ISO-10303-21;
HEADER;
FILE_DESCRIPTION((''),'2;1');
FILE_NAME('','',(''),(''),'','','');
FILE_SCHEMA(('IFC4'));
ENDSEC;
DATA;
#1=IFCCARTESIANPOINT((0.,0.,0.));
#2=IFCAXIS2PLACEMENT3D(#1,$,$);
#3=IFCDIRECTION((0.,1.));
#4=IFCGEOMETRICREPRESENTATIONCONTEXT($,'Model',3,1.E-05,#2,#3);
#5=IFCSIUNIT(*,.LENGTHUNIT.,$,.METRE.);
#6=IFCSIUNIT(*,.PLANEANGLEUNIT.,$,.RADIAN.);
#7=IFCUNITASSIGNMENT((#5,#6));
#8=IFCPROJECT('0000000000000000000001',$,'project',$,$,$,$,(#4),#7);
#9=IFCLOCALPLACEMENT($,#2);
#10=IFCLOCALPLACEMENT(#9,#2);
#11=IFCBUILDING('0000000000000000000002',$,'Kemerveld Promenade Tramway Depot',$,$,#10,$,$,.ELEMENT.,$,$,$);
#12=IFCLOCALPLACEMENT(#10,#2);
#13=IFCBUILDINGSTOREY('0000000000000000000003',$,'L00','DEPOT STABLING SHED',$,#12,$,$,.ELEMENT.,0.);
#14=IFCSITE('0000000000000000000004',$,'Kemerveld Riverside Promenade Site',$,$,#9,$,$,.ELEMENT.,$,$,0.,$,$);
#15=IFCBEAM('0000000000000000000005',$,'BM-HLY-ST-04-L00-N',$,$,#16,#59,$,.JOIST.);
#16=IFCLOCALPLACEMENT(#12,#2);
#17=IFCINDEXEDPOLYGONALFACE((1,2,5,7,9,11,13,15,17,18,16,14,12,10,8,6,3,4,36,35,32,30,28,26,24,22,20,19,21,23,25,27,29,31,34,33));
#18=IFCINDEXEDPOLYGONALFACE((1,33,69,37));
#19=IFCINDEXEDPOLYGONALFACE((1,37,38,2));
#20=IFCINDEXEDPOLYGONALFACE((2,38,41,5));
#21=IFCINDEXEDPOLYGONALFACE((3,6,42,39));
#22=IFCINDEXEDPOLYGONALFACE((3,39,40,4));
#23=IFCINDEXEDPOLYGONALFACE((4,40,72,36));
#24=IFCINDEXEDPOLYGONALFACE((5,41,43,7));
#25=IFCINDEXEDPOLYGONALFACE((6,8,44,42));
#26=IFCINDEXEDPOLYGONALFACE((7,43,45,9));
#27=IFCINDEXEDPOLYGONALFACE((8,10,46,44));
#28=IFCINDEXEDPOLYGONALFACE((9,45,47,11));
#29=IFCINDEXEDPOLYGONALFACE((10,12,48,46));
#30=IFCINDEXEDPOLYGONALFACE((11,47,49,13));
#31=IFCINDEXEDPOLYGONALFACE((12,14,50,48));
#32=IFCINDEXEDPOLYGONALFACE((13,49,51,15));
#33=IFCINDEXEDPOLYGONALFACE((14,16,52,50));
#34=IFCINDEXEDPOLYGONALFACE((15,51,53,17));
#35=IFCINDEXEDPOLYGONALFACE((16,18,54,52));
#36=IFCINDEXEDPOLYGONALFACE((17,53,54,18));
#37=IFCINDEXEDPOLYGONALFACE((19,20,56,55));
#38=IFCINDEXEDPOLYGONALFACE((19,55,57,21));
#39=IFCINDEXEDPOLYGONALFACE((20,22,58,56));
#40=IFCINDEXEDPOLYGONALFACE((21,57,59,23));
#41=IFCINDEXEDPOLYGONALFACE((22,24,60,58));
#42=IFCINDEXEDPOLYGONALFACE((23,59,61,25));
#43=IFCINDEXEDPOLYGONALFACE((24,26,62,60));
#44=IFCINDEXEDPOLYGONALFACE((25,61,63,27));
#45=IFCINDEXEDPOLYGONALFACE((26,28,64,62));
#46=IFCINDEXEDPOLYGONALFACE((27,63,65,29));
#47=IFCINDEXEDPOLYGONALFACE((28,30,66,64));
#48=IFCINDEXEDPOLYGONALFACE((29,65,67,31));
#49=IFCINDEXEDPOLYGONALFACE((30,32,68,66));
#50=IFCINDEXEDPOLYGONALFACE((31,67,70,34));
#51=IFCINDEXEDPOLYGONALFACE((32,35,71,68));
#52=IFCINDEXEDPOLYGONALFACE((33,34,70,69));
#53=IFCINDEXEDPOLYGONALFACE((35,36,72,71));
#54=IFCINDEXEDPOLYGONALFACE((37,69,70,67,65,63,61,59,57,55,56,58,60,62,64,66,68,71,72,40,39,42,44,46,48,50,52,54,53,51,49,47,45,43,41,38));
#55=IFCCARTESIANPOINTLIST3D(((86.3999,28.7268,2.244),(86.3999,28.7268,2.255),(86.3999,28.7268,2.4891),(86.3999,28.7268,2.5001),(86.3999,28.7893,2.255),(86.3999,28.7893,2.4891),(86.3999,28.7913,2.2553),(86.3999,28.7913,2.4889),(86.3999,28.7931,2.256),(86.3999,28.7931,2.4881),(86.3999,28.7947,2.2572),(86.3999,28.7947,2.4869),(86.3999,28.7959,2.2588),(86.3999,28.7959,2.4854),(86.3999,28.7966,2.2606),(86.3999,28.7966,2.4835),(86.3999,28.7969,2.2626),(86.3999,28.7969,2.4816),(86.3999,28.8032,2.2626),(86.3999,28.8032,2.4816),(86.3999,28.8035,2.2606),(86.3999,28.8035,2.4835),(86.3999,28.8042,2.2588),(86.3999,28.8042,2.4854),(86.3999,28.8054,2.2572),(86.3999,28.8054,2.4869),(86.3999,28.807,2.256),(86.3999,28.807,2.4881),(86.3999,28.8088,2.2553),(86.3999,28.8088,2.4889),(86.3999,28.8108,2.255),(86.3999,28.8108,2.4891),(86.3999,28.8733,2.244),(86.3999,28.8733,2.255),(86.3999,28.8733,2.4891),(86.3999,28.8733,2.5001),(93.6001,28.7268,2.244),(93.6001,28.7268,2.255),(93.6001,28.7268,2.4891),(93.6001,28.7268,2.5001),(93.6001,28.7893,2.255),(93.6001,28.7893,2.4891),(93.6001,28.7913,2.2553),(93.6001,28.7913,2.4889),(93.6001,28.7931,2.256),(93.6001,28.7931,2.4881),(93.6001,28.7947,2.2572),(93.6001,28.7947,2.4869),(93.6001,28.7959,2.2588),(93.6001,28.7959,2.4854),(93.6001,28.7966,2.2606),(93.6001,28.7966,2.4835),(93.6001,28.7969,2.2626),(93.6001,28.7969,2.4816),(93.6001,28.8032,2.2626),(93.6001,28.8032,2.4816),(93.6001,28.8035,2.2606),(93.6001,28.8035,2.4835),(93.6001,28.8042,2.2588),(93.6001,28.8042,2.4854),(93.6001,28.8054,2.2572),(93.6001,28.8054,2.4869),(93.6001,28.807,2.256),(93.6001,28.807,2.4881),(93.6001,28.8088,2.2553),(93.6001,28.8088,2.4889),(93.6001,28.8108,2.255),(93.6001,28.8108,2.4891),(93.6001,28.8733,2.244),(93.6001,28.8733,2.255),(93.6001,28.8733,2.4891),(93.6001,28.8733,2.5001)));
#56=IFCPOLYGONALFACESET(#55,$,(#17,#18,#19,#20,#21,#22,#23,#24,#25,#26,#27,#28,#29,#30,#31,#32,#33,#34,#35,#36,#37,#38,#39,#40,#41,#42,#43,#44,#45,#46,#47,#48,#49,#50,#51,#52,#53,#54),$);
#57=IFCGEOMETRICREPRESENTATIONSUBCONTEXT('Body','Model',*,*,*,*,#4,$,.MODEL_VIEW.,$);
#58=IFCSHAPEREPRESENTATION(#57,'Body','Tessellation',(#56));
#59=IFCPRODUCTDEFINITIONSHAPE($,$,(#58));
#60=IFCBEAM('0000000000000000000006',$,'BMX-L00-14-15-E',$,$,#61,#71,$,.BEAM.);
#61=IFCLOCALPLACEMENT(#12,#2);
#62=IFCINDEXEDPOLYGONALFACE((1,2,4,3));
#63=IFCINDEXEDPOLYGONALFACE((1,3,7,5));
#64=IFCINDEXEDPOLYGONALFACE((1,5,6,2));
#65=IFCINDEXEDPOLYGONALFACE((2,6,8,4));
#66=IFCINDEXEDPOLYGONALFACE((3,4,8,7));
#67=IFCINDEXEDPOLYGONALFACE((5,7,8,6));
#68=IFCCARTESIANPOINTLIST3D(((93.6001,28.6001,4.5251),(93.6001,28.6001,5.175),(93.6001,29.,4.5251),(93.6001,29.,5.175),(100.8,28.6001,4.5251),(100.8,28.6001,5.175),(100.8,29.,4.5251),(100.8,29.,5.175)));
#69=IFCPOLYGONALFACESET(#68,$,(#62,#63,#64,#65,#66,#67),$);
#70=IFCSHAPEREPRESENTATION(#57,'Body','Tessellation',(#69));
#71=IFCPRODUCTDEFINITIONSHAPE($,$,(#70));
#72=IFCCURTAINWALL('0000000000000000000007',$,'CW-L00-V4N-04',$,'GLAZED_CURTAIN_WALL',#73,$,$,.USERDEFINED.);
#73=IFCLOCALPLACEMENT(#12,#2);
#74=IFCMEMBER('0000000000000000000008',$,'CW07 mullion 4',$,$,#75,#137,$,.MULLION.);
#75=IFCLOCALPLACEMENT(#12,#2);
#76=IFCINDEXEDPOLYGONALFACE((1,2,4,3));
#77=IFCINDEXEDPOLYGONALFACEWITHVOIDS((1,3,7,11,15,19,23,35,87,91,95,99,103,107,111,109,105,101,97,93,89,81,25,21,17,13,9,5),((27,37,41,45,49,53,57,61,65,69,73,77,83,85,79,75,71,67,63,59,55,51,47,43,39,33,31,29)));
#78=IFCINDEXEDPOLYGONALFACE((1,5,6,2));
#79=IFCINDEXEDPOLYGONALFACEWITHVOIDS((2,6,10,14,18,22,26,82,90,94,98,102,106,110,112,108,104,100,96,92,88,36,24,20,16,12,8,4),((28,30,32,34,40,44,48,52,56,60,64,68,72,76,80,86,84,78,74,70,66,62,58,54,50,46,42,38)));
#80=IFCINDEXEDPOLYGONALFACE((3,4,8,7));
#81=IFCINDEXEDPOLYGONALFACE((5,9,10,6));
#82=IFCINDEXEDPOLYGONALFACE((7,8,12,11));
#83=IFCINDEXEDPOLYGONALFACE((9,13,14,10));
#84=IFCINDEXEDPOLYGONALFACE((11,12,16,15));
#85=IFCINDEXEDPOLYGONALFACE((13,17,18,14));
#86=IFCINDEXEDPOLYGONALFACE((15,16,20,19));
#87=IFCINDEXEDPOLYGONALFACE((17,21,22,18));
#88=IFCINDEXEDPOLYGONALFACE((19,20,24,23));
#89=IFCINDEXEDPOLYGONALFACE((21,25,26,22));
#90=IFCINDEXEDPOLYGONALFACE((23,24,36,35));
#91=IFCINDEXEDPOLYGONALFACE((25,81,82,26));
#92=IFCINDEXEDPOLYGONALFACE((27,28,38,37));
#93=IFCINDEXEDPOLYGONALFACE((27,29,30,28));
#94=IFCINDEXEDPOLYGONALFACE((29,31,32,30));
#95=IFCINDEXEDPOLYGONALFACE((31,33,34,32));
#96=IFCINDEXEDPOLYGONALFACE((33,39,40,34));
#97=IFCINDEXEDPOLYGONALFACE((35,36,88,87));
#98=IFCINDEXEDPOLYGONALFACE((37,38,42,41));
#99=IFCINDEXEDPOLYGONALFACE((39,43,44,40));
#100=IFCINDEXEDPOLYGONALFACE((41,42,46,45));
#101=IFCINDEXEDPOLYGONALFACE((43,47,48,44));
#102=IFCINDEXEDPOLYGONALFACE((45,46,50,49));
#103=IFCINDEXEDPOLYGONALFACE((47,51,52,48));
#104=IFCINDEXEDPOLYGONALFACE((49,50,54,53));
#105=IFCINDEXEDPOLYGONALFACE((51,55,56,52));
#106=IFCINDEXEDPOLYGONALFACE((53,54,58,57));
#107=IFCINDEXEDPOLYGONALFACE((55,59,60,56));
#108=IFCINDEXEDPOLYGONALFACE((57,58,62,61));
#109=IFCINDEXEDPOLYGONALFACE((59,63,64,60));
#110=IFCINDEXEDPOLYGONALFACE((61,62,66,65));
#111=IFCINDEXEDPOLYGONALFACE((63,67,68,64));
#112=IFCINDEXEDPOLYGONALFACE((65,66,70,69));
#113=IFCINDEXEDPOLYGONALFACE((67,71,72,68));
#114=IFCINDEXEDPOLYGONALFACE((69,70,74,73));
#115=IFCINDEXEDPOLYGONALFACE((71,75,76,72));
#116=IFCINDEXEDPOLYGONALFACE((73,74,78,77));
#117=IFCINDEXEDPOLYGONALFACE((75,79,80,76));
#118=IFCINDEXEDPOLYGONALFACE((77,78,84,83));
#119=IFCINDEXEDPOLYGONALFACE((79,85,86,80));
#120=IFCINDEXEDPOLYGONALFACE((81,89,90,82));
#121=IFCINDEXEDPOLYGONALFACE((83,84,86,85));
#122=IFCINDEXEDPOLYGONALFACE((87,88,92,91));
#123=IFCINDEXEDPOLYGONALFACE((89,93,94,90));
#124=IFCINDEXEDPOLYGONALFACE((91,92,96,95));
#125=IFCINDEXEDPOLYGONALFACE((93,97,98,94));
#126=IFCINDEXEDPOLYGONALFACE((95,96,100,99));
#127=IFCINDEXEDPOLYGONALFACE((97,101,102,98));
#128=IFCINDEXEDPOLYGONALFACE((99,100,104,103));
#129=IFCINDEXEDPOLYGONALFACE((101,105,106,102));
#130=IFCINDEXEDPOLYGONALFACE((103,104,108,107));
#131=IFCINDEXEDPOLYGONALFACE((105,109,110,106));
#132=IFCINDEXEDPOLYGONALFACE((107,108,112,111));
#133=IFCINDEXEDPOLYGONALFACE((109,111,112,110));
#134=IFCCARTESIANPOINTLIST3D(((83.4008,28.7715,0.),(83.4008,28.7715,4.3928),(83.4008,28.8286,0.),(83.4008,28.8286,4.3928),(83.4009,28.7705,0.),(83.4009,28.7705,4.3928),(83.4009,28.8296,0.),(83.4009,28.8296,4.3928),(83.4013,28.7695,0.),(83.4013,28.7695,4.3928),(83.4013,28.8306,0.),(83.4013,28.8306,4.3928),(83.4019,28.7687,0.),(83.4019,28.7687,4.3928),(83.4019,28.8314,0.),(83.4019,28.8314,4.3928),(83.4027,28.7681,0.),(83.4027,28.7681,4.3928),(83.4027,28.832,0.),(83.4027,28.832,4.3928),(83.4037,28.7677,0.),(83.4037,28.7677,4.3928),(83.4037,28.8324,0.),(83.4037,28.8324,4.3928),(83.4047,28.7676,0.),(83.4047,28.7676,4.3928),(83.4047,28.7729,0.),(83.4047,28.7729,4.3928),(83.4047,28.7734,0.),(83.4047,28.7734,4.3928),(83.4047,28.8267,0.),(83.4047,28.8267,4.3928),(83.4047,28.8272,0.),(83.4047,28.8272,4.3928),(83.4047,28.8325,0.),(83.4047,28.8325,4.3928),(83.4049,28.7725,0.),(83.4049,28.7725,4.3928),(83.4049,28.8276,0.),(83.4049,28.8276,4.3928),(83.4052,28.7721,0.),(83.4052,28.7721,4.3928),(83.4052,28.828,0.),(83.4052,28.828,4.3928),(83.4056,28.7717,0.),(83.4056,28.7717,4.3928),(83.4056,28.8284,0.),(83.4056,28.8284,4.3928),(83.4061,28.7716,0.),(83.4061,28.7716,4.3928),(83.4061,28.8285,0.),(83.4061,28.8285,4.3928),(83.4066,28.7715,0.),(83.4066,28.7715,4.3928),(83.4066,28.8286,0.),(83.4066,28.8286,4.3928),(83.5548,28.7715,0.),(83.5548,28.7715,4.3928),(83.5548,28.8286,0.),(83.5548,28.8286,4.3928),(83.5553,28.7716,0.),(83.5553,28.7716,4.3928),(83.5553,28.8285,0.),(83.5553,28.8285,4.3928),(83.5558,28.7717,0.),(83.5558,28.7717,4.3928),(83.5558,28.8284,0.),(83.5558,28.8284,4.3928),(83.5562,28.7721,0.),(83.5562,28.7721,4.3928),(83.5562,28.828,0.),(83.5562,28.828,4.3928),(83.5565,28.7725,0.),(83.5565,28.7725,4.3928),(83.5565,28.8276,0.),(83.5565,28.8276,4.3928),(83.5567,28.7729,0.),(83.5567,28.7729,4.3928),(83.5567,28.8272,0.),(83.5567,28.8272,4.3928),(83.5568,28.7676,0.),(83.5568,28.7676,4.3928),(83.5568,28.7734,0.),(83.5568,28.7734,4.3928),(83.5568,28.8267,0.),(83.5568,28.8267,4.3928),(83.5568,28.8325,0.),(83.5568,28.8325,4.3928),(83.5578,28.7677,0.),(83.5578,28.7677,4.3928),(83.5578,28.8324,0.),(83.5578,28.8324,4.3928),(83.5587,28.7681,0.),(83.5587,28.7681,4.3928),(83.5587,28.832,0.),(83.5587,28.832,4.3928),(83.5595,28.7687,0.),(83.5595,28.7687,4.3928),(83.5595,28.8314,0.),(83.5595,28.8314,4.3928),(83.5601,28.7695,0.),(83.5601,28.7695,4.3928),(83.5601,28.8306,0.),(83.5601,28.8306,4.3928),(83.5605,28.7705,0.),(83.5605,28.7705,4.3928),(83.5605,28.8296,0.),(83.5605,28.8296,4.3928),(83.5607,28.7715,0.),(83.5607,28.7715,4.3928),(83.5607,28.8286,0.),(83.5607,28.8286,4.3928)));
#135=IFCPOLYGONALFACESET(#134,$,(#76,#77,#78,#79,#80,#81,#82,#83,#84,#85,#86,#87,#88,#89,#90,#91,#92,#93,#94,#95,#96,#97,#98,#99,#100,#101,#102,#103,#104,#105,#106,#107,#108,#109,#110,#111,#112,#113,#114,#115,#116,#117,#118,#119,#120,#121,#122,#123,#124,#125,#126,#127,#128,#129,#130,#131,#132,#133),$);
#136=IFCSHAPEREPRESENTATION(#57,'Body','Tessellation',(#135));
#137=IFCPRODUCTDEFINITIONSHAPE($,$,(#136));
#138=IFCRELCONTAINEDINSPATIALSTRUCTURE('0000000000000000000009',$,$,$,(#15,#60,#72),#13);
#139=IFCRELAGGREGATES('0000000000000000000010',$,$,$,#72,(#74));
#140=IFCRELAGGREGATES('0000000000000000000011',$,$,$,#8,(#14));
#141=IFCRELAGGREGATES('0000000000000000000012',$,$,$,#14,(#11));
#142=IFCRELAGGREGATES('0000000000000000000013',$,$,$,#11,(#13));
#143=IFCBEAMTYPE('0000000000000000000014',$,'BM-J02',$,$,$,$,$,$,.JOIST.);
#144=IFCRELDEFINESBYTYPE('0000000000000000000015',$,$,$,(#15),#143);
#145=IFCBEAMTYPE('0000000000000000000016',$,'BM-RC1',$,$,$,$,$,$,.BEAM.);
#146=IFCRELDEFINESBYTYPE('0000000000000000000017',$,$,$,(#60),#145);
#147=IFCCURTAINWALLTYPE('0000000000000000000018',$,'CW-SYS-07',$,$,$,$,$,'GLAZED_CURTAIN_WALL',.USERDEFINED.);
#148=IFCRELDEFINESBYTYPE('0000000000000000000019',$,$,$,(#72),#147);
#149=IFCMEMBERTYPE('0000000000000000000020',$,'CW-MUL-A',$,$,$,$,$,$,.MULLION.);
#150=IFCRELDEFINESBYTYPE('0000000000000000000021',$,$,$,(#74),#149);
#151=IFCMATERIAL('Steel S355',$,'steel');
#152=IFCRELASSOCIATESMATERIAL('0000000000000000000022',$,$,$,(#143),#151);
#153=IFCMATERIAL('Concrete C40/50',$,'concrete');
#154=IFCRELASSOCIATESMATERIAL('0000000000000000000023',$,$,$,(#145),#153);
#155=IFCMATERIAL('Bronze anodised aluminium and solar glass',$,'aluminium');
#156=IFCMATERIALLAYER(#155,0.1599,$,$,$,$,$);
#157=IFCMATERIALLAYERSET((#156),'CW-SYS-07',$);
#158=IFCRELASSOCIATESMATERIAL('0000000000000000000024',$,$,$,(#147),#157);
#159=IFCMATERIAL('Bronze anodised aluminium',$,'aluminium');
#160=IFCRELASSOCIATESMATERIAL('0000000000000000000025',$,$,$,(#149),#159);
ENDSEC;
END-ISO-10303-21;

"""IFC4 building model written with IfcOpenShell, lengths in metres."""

from ifc_helpers import new_model, si_unit, direction, frame, origin, origin_2d, place, context, subcontext, project, spatial, rectangle, hollow_rectangle, i_section, extrude, material, layer, layer_set, material_profile, profile_set, type_object, element, aggregate, save


model = new_model("IFC4")

# Units and contexts
model_context = context("Model", 3, precision=1e-05, world=origin(), true_north=direction((0.0, 1.0)))
body_context = subcontext(model_context, "Body", "Model", "MODEL_VIEW")
ifc_project = project(units=[si_unit("LENGTHUNIT", "METRE"), si_unit("PLANEANGLEUNIT", "RADIAN")], contexts=[model_context])

# Site, building, storey
site_placement = place(None, origin())
site = spatial("IfcSite", under=ifc_project, at=site_placement, Name="Kemerveld Riverside Promenade Site", CompositionType="ELEMENT", RefElevation=0.0)
building_placement = place(site_placement, origin())
building = spatial("IfcBuilding", under=site, at=building_placement, Name="Kemerveld Promenade Tramway Depot", CompositionType="ELEMENT")
storey_placement = place(building_placement, origin())
storey = spatial("IfcBuildingStorey", under=building, at=storey_placement, Name="L00", Description="DEPOT STABLING SHED", CompositionType="ELEMENT", Elevation=0.0)

# Shared definitions
ifc_material_1 = material(Name="Steel S355", Category="steel")

# Beams
ifc_material_profile_1 = material_profile(ifc_material_1, i_section(OverallWidth=0.1465, OverallDepth=0.2561, WebThickness=0.0063, FlangeThickness=0.011, FilletRadius=0.0076, at=origin_2d()), Name="254x146x37 UB")
ifc_profile_set_1 = profile_set([ifc_material_profile_1], Name="Steel S355")
beam_type_1 = type_object("IfcBeamType", Name="BM-J02", PredefinedType="JOIST", material=ifc_profile_set_1)
beam_1_placement = place(storey_placement, frame((86.3999, 28.8, 2.3721), z_axis=(1.0, 0.0, 0.0), x_axis=(0.0, 1.0, 0.0)))
element("IfcBeam", 1, at=beam_1_placement, inside=storey, type_object=beam_type_1, Name="BM-HLY-ST-04-L00-N", PredefinedType="JOIST", context=body_context, shape_type="SweptSolid", body=[
    extrude(i_section(OverallWidth=0.1465, OverallDepth=0.2561, WebThickness=0.0063, FlangeThickness=0.011, FilletRadius=0.0076, at=origin_2d()), origin(), (0.0, 0.0, 1.0), 7.2002),
])
ifc_material_2 = material(Name="Concrete C40/50", Category="concrete")
ifc_material_profile_2 = material_profile(ifc_material_2, rectangle(XDim=0.3999, YDim=0.6499, at=origin_2d()), Name="RC-BM-400x650")
ifc_profile_set_2 = profile_set([ifc_material_profile_2], Name="Concrete C40/50")
beam_type_2 = type_object("IfcBeamType", Name="BM-RC1", PredefinedType="BEAM", material=ifc_profile_set_2)
beam_2_placement = place(storey_placement, frame((93.6001, 28.8, 4.8501), z_axis=(1.0, 0.0, 0.0), x_axis=(0.0, 1.0, 0.0)))
element("IfcBeam", 2, at=beam_2_placement, inside=storey, type_object=beam_type_2, Name="BMX-L00-14-15-E", PredefinedType="BEAM", context=body_context, shape_type="SweptSolid", body=[
    extrude(rectangle(XDim=0.3999, YDim=0.6499, at=origin_2d()), origin(), (0.0, 0.0, 1.0), 7.2),
])

# Curtain wall, member
ifc_material_3 = material(Name="Bronze anodised aluminium and solar glass", Category="aluminium")
ifc_layer_1 = layer(ifc_material_3, 0.1599)
ifc_layer_set_1 = layer_set([ifc_layer_1], Name="CW-SYS-07")
curtain_wall_type = type_object("IfcCurtainWallType", Name="CW-SYS-07", ElementType="GLAZED_CURTAIN_WALL", PredefinedType="USERDEFINED", material=ifc_layer_set_1)
curtain_wall_placement = place(storey_placement, origin())
curtain_wall = element("IfcCurtainWall", 3, at=curtain_wall_placement, inside=storey, type_object=curtain_wall_type, Name="CW-L00-V4N-04", ObjectType="GLAZED_CURTAIN_WALL", PredefinedType="USERDEFINED")
ifc_material_4 = material(Name="Bronze anodised aluminium", Category="aluminium")
ifc_material_profile_3 = material_profile(ifc_material_4, hollow_rectangle(XDim=0.0649, YDim=0.1599, WallThickness=0.0039, InnerFilletRadius=0.002, OuterFilletRadius=0.0039, at=origin_2d()), Name="CW-MUL-160x65")
ifc_profile_set_3 = profile_set([ifc_material_profile_3], Name="Bronze anodised aluminium")
member_type_1 = type_object("IfcMemberType", Name="CW-MUL-A", PredefinedType="MULLION", material=ifc_profile_set_3)
member_1_placement = place(storey_placement, frame((83.4807, 28.8, 0.0), z_axis=(0.0, 0.0, 1.0), x_axis=(0.0, 1.0, 0.0)))
member_1 = element("IfcMember", 4, at=member_1_placement, type_object=member_type_1, Name="CW07 mullion 4", PredefinedType="MULLION", context=body_context, shape_type="SweptSolid", body=[
    extrude(hollow_rectangle(XDim=0.0649, YDim=0.1599, WallThickness=0.0039, InnerFilletRadius=0.002, OuterFilletRadius=0.0039, at=origin_2d()), origin(), (0.0, 0.0, 1.0), 4.3928),
])
aggregate(curtain_wall, [member_1])

save(model, "model.ifc")
